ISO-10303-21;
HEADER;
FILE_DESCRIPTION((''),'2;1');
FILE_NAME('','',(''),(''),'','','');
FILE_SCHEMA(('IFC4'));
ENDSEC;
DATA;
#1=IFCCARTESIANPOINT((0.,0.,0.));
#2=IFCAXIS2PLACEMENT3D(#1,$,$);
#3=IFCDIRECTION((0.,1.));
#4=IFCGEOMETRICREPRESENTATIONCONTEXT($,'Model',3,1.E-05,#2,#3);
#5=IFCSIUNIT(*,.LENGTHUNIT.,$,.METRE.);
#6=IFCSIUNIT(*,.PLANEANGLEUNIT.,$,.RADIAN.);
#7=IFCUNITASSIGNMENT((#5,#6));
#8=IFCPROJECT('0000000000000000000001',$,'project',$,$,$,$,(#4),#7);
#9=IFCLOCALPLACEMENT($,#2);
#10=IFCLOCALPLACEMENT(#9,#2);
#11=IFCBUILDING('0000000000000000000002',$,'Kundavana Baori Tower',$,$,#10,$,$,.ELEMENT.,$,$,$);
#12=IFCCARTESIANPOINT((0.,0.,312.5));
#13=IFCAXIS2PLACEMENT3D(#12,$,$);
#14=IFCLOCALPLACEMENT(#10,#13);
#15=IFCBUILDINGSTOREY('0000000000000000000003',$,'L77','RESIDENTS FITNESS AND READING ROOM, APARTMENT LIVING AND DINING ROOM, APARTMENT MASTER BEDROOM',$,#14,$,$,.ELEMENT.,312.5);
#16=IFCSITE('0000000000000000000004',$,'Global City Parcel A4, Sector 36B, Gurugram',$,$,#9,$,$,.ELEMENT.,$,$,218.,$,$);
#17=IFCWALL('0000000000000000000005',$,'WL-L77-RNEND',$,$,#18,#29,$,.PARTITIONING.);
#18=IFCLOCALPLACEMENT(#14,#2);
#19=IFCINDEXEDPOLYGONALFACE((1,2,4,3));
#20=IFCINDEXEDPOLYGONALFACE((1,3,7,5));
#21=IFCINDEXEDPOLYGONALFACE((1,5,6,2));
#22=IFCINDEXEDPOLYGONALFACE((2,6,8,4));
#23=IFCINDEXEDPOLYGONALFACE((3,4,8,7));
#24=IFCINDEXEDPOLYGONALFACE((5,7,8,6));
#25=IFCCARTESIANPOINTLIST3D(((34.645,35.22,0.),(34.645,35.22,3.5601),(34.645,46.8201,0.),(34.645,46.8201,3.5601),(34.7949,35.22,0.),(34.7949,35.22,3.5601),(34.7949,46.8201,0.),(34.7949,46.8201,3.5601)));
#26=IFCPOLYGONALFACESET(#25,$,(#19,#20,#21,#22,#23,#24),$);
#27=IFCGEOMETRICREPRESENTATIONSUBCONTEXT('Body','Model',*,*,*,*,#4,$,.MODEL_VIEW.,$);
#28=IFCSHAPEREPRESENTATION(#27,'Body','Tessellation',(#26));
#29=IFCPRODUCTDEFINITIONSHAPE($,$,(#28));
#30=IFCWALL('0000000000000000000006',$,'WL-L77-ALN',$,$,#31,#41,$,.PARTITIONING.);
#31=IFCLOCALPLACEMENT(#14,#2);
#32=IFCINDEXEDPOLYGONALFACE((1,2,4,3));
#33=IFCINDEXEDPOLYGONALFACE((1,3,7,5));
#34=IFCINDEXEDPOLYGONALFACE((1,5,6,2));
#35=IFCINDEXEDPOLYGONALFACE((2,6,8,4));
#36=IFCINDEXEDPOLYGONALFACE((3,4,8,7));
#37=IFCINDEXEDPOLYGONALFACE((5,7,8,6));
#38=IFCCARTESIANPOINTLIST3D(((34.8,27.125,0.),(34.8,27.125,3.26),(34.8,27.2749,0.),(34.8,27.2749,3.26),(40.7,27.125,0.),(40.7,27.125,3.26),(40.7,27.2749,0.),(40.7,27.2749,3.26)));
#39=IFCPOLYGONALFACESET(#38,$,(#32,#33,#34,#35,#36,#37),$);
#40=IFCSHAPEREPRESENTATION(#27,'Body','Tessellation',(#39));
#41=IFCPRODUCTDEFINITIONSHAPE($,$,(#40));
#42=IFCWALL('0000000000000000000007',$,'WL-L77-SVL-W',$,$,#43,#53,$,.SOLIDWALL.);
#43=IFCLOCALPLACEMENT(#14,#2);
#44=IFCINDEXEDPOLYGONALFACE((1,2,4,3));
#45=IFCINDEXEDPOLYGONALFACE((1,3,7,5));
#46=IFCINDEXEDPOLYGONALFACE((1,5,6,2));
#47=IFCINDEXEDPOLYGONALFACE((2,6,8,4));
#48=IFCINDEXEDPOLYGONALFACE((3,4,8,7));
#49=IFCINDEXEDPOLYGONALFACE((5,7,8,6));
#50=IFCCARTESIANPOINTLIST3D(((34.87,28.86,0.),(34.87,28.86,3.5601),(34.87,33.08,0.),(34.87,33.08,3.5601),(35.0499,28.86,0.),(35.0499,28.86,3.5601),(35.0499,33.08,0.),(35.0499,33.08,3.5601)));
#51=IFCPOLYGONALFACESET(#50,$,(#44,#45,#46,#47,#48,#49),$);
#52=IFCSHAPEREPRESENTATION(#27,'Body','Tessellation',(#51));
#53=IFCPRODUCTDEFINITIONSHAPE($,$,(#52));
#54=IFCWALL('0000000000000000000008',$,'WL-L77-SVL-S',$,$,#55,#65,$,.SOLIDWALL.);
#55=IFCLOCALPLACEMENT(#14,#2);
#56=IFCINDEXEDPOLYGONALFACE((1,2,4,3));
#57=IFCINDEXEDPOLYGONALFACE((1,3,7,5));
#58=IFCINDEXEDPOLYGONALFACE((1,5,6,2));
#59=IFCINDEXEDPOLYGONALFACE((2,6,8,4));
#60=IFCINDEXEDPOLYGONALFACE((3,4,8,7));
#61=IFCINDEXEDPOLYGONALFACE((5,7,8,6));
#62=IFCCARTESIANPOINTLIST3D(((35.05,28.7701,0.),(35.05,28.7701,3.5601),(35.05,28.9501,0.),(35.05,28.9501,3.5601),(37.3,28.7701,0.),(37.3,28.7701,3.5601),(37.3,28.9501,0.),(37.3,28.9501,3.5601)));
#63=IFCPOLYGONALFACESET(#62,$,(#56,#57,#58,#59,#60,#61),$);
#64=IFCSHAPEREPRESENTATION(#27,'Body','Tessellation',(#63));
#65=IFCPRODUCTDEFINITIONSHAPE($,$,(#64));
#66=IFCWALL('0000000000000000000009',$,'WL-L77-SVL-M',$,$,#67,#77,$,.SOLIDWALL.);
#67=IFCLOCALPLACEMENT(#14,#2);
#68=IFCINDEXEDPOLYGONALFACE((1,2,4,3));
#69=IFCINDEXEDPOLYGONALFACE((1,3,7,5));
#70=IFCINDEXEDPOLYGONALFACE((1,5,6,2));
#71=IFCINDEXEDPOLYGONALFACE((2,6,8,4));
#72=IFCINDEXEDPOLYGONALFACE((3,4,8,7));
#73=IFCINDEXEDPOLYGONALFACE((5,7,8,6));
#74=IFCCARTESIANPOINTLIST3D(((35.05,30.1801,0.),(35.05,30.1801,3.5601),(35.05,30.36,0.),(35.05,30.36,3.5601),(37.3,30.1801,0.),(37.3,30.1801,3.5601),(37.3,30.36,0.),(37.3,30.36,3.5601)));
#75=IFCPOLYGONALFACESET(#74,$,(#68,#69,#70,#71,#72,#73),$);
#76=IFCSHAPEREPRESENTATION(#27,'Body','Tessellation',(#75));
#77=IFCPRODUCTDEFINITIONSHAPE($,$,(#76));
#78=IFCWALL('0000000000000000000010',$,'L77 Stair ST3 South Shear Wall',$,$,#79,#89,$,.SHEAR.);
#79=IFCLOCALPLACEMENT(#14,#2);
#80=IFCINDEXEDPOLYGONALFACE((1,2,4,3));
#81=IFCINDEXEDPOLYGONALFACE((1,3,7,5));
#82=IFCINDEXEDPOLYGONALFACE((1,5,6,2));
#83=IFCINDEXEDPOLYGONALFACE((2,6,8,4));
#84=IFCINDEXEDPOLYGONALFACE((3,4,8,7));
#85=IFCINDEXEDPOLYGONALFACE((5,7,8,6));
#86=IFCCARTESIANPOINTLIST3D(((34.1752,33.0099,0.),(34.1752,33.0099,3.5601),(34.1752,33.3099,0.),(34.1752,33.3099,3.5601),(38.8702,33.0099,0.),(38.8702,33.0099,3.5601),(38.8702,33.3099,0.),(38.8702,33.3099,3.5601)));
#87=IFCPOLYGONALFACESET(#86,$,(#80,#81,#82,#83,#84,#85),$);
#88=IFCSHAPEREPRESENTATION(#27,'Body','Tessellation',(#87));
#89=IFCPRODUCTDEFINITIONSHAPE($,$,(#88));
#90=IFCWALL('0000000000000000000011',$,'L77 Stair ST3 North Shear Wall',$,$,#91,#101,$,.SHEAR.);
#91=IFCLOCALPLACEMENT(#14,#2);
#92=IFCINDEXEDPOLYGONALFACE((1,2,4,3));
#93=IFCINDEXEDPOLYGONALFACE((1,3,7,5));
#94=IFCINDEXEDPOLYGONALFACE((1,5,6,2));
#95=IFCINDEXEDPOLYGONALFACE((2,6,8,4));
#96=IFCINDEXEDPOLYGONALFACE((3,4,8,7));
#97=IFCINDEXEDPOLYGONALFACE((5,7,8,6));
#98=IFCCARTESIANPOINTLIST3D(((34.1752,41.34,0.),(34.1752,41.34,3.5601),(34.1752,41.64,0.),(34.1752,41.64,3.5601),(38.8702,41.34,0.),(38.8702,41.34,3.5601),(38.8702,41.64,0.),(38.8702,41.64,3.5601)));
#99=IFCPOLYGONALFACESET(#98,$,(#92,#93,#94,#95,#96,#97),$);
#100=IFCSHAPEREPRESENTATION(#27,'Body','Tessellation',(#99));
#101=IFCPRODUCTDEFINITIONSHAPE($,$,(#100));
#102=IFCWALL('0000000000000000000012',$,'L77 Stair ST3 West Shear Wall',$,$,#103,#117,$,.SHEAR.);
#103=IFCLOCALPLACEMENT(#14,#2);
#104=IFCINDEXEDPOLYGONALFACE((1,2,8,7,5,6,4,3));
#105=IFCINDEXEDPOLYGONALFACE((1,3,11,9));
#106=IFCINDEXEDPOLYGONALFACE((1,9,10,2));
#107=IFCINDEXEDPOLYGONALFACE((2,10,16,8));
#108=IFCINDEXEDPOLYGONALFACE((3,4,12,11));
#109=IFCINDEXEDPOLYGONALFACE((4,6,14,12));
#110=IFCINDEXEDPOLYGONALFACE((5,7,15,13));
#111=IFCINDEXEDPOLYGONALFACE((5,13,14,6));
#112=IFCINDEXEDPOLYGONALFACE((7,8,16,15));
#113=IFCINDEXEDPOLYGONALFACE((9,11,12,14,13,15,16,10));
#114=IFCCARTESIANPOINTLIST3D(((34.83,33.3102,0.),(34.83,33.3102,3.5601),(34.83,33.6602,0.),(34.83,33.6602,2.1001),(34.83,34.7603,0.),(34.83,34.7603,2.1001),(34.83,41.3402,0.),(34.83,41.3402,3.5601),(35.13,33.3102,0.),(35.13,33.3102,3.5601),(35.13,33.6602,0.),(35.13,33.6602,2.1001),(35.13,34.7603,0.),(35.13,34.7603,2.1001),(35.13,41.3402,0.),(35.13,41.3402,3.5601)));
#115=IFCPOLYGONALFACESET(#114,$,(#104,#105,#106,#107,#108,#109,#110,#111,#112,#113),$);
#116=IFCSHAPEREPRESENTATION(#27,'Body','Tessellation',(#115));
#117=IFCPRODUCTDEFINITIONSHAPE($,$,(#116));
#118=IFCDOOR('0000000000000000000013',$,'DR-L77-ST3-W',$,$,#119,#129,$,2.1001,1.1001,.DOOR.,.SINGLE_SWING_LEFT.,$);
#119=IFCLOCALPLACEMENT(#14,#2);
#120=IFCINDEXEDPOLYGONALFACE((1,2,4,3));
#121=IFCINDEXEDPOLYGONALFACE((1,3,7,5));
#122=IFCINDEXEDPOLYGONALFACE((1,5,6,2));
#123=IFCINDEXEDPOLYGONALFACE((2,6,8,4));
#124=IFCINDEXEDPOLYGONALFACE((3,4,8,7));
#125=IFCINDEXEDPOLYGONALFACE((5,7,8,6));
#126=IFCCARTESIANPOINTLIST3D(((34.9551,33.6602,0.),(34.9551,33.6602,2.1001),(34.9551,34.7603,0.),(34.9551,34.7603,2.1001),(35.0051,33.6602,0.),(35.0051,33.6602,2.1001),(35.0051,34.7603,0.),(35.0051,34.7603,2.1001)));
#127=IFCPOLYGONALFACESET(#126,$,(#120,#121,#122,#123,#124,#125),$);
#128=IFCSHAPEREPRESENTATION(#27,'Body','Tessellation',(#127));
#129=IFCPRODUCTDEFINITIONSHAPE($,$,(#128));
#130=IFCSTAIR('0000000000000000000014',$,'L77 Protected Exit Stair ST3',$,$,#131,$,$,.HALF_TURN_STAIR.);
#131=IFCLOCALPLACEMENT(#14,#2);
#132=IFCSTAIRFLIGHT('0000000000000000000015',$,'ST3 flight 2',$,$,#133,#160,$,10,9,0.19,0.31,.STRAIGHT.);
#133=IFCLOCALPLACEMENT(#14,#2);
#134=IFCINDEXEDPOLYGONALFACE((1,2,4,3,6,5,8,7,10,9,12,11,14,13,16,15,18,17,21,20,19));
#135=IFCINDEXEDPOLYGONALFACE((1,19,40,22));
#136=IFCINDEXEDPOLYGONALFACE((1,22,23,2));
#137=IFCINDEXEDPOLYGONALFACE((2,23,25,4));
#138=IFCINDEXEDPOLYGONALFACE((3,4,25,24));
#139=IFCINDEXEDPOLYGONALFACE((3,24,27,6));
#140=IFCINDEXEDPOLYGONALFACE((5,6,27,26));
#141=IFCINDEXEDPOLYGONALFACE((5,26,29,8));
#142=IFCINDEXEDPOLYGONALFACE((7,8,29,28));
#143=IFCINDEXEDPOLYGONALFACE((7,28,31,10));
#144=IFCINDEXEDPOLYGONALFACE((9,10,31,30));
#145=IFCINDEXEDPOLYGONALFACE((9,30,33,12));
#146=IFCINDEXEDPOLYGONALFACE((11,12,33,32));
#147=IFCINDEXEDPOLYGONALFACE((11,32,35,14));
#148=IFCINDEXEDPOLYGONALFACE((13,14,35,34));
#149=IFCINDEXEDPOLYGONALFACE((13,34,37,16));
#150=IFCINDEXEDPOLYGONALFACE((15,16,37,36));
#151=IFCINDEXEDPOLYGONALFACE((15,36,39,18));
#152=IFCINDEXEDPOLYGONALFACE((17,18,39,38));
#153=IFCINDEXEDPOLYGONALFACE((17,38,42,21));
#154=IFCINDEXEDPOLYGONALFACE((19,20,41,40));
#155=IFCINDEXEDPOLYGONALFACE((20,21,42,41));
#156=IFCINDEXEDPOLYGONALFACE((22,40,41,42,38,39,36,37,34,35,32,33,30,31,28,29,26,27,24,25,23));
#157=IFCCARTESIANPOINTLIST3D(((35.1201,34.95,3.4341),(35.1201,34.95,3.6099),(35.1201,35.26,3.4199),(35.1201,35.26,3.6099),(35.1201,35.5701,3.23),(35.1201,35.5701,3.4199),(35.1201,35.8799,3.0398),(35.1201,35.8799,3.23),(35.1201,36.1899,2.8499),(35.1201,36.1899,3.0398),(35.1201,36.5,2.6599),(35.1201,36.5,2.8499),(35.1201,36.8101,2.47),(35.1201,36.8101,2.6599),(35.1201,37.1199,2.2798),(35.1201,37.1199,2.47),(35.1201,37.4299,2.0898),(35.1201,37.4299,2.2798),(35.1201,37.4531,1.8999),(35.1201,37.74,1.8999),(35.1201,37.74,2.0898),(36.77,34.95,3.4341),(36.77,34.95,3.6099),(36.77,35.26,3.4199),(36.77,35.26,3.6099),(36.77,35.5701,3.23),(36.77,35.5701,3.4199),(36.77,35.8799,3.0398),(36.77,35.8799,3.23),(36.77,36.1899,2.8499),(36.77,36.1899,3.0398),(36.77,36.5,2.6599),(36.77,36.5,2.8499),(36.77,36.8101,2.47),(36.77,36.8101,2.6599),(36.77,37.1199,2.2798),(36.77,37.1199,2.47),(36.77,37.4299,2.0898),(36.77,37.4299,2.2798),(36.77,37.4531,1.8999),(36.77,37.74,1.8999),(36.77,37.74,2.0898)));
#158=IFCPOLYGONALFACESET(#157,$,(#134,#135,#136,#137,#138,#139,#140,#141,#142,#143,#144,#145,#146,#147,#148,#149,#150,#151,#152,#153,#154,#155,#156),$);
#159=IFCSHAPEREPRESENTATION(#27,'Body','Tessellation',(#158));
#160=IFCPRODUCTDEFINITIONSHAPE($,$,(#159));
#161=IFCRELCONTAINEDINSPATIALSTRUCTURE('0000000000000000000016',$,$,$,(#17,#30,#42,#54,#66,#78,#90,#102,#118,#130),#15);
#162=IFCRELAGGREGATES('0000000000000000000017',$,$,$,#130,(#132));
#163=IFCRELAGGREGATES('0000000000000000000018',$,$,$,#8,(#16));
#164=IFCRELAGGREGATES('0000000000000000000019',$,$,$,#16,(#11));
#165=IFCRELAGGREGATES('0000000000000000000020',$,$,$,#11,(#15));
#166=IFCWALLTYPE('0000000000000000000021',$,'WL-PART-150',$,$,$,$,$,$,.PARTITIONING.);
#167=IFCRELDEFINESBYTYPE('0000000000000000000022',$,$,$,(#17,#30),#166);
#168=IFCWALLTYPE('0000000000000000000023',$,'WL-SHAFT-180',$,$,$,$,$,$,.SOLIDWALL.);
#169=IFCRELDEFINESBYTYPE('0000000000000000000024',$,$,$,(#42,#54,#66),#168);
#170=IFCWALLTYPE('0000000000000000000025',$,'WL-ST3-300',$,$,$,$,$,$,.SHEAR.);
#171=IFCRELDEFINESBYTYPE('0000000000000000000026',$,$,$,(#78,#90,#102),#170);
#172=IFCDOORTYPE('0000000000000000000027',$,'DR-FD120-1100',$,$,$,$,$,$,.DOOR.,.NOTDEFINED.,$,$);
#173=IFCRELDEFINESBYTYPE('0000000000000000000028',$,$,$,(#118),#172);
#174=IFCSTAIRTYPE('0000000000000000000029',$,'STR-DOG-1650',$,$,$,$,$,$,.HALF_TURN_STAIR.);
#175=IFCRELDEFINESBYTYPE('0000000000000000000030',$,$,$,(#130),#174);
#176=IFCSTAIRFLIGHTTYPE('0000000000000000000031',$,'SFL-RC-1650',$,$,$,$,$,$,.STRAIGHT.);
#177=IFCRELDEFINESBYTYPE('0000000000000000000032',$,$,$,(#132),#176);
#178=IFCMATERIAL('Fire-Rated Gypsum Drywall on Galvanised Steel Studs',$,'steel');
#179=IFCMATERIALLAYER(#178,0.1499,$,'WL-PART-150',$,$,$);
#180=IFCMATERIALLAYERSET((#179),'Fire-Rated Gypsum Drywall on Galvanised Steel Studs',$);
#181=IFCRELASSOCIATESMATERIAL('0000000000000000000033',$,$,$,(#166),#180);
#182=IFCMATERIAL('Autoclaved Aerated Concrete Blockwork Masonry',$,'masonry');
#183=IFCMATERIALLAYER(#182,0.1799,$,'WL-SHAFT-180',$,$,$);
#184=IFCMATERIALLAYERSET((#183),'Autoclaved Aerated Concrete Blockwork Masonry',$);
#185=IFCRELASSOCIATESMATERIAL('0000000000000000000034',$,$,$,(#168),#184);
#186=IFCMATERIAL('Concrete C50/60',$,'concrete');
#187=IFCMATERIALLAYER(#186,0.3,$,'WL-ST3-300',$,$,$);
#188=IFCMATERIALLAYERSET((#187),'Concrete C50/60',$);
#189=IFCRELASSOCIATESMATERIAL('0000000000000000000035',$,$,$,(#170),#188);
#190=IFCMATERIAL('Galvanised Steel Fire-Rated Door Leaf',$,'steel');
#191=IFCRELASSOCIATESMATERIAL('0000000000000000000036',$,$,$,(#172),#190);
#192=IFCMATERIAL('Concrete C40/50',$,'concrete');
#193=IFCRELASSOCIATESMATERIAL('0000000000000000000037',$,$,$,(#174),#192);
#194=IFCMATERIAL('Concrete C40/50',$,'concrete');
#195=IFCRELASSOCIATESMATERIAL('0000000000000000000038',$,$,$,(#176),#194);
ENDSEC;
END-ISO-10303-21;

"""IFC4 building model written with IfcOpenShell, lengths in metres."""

from ifc_helpers import new_model, si_unit, direction, frame, frame_2d, origin, place, context, subcontext, project, spatial, polyline, rectangle, outline, extrude, material, layer, layer_set, type_object, element, fill, aggregate, save


model = new_model("IFC4")

# Units and contexts
model_context = context("Model", 3, precision=1e-05, world=origin(), true_north=direction((0.0, 1.0)))
body_context = subcontext(model_context, "Body", "Model", "MODEL_VIEW")
ifc_project = project(units=[si_unit("LENGTHUNIT", "METRE"), si_unit("PLANEANGLEUNIT", "RADIAN")], contexts=[model_context])

# Site, building, storey
site_placement = place(None, origin())
site = spatial("IfcSite", under=ifc_project, at=site_placement, Name="Global City Parcel A4, Sector 36B, Gurugram", CompositionType="ELEMENT", RefElevation=218.0)
building_placement = place(site_placement, origin())
building = spatial("IfcBuilding", under=site, at=building_placement, Name="Kundavana Baori Tower", CompositionType="ELEMENT")
storey_placement = place(building_placement, frame((0.0, 0.0, 312.5)))
storey = spatial("IfcBuildingStorey", under=building, at=storey_placement, Name="L77", Description="RESIDENTS FITNESS AND READING ROOM, APARTMENT LIVING AND DINING ROOM, APARTMENT MASTER BEDROOM", CompositionType="ELEMENT", Elevation=312.5)

# Shared definitions
ifc_material_1 = material(Name="Fire-Rated Gypsum Drywall on Galvanised Steel Studs", Category="steel")
ifc_layer_1 = layer(ifc_material_1, 0.1499, Name="WL-PART-150")
ifc_layer_set_1 = layer_set([ifc_layer_1], Name="Fire-Rated Gypsum Drywall on Galvanised Steel Studs")
wall_type_1 = type_object("IfcWallType", Name="WL-PART-150", PredefinedType="PARTITIONING", material=ifc_layer_set_1)

# Walls
wall_1_placement = place(storey_placement, frame((34.72, 35.22, 0.0), z_axis=(0.0, 0.0, 1.0), x_axis=(0.0, 1.0, 0.0)))
element("IfcWall", 1, at=wall_1_placement, inside=storey, type_object=wall_type_1, Name="WL-L77-RNEND", PredefinedType="PARTITIONING", context=body_context, shape_type="SweptSolid", body=[
    extrude(rectangle(XDim=11.6001, YDim=0.1499, at=frame_2d((5.8, 0.0))), origin(), (0.0, 0.0, 1.0), 3.5601),
])
wall_2_placement = place(storey_placement, frame((34.8, 27.2, 0.0), z_axis=(0.0, 0.0, 1.0), x_axis=(1.0, 0.0, 0.0)))
element("IfcWall", 2, at=wall_2_placement, inside=storey, type_object=wall_type_1, Name="WL-L77-ALN", PredefinedType="PARTITIONING", context=body_context, shape_type="SweptSolid", body=[
    extrude(rectangle(XDim=5.8999, YDim=0.1499, at=frame_2d((2.95, 0.0))), origin(), (0.0, 0.0, 1.0), 3.26),
])
ifc_material_2 = material(Name="Autoclaved Aerated Concrete Blockwork Masonry", Category="masonry")
ifc_layer_2 = layer(ifc_material_2, 0.1799, Name="WL-SHAFT-180")
ifc_layer_set_2 = layer_set([ifc_layer_2], Name="Autoclaved Aerated Concrete Blockwork Masonry")
wall_type_2 = type_object("IfcWallType", Name="WL-SHAFT-180", PredefinedType="SOLIDWALL", material=ifc_layer_set_2)
wall_3_placement = place(storey_placement, frame((34.96, 28.8601, 0.0), z_axis=(0.0, 0.0, 1.0), x_axis=(0.0, 1.0, 0.0)))
element("IfcWall", 3, at=wall_3_placement, inside=storey, type_object=wall_type_2, Name="WL-L77-SVL-W", PredefinedType="SOLIDWALL", context=body_context, shape_type="SweptSolid", body=[
    extrude(rectangle(XDim=4.22, YDim=0.1799, at=frame_2d((2.1099, 0.0))), origin(), (0.0, 0.0, 1.0), 3.5601),
])

# Walls
for number, where, z_axis, x_axis, name in (
    (4, (35.05, 28.8601, 0.0), (0.0, 0.0, 1.0), (1.0, 0.0, 0.0), "WL-L77-SVL-S"),
    (5, (35.05, 30.27, 0.0), (0.0, 0.0, 1.0), (1.0, 0.0, 0.0), "WL-L77-SVL-M"),
):
    element("IfcWall", number, at=place(storey_placement, frame(where, z_axis=z_axis, x_axis=x_axis)), inside=storey, type_object=wall_type_2, Name=name, PredefinedType="SOLIDWALL", context=body_context, shape_type="SweptSolid", body=[
        extrude(rectangle(XDim=2.25, YDim=0.1799, at=frame_2d((1.125, 0.0))), origin(), (0.0, 0.0, 1.0), 3.5601),
    ])
ifc_material_3 = material(Name="Concrete C50/60", Category="concrete")
ifc_layer_3 = layer(ifc_material_3, 0.3, Name="WL-ST3-300")
ifc_layer_set_3 = layer_set([ifc_layer_3], Name="Concrete C50/60")
wall_type_3 = type_object("IfcWallType", Name="WL-ST3-300", PredefinedType="SHEAR", material=ifc_layer_set_3)
for number, where, z_axis, x_axis, name in (
    (6, (34.175, 33.1599, 0.0), (0.0, 0.0, 1.0), (1.0, 0.0, 0.0), "L77 Stair ST3 South Shear Wall"),
    (7, (34.175, 41.49, 0.0), (0.0, 0.0, 1.0), (1.0, 0.0, 0.0), "L77 Stair ST3 North Shear Wall"),
):
    element("IfcWall", number, at=place(storey_placement, frame(where, z_axis=z_axis, x_axis=x_axis)), inside=storey, type_object=wall_type_3, Name=name, PredefinedType="SHEAR", context=body_context, shape_type="SweptSolid", body=[
        extrude(rectangle(XDim=4.6951, YDim=0.3, at=frame_2d((2.3477, 0.0))), origin(), (0.0, 0.0, 1.0), 3.5601),
    ])

# Wall, opening, door
wall_4_placement = place(storey_placement, frame((34.98, 33.3101, 0.0), z_axis=(0.0, 0.0, 1.0), x_axis=(0.0, 1.0, 0.0)))
wall_4 = element("IfcWall", 8, at=wall_4_placement, inside=storey, type_object=wall_type_3, Name="L77 Stair ST3 West Shear Wall", PredefinedType="SHEAR", context=body_context, shape_type="SweptSolid", body=[
    extrude(rectangle(XDim=8.03, YDim=0.3, at=frame_2d((4.0151, 0.0))), origin(), (0.0, 0.0, 1.0), 3.5601),
])
opening_1_placement = place(wall_4_placement, frame((0.3501, 0.0, 0.0)))
opening_1 = element("IfcOpeningElement", 9, at=opening_1_placement, cuts=wall_4, PredefinedType="OPENING", context=body_context, shape_type="SweptSolid", body=[
    extrude(rectangle(XDim=1.1001, YDim=2.1001, at=frame_2d((0.55, 1.05))), frame((0.0, 0.1602, 0.0), z_axis=(0.0, -1.0, 0.0), x_axis=(1.0, 0.0, 0.0)), (0.0, 0.0, 1.0), 0.3201),
])
ifc_material_4 = material(Name="Galvanised Steel Fire-Rated Door Leaf", Category="steel")
door_type_1 = type_object("IfcDoorType", Name="DR-FD120-1100", OperationType="NOTDEFINED", PredefinedType="DOOR", material=ifc_material_4)
door_1_placement = place(opening_1_placement, origin())
door_1 = element("IfcDoor", 10, at=door_1_placement, inside=storey, type_object=door_type_1, Name="DR-L77-ST3-W", OperationType="SINGLE_SWING_LEFT", OverallHeight=2.1001, OverallWidth=1.1001, PredefinedType="DOOR", context=body_context, shape_type="SweptSolid", body=[
    extrude(rectangle(XDim=1.1001, YDim=2.1001, at=frame_2d((0.55, 1.05))), frame((0.0, 0.0249, 0.0), z_axis=(0.0, -1.0, 0.0), x_axis=(1.0, 0.0, 0.0)), (0.0, 0.0, 1.0), 0.05),
])
fill(opening_1, door_1)

# Stair, stair flight
ifc_material_5 = material(Name="Concrete C40/50", Category="concrete")
stair_type = type_object("IfcStairType", Name="STR-DOG-1650", PredefinedType="HALF_TURN_STAIR", material=ifc_material_5)
stair_placement = place(storey_placement, origin())
stair = element("IfcStair", 11, at=stair_placement, inside=storey, type_object=stair_type, Name="L77 Protected Exit Stair ST3", PredefinedType="HALF_TURN_STAIR")
ifc_material_6 = material(Name="Concrete C40/50", Category="concrete")
stair_flight_type = type_object("IfcStairFlightType", Name="SFL-RC-1650", PredefinedType="STRAIGHT", material=ifc_material_6)
stair_flight_placement = place(storey_placement, frame((35.9451, 37.74, 1.8999), z_axis=(0.0, 0.0, 1.0), x_axis=(0.0, -1.0, 0.0)))
stair_flight = element("IfcStairFlight", 12, at=stair_flight_placement, type_object=stair_flight_type, Name="ST3 flight 2", NumberOfRisers=10, NumberOfTreads=9, PredefinedType="STRAIGHT", RiserHeight=0.19, TreadLength=0.31, context=body_context, shape_type="SweptSolid", body=[
    extrude(outline(polyline([(0.0, 0.0), (0.0, 0.1899), (0.3101, 0.1899), (0.3101, 0.3799), (0.6201, 0.3799), (0.6201, 0.5701), (0.9299, 0.5701), (0.9299, 0.76), (1.24, 0.76), (1.24, 0.95), (1.55, 0.95), (1.55, 1.1399), (1.8601, 1.1399), (1.8601, 1.3301), (2.1699, 1.3301), (2.1699, 1.52), (2.48, 1.52), (2.48, 1.71), (2.79, 1.71), (2.79, 1.8999), (2.79, 1.5342), (0.2869, 0.0), (0.0, 0.0)])), frame((0.0, 0.825, 0.0), z_axis=(0.0, -1.0, 0.0), x_axis=(1.0, 0.0, 0.0)), (0.0, 0.0, 1.0), 1.6499),
])
aggregate(stair, [stair_flight])

save(model, "model.ifc")
